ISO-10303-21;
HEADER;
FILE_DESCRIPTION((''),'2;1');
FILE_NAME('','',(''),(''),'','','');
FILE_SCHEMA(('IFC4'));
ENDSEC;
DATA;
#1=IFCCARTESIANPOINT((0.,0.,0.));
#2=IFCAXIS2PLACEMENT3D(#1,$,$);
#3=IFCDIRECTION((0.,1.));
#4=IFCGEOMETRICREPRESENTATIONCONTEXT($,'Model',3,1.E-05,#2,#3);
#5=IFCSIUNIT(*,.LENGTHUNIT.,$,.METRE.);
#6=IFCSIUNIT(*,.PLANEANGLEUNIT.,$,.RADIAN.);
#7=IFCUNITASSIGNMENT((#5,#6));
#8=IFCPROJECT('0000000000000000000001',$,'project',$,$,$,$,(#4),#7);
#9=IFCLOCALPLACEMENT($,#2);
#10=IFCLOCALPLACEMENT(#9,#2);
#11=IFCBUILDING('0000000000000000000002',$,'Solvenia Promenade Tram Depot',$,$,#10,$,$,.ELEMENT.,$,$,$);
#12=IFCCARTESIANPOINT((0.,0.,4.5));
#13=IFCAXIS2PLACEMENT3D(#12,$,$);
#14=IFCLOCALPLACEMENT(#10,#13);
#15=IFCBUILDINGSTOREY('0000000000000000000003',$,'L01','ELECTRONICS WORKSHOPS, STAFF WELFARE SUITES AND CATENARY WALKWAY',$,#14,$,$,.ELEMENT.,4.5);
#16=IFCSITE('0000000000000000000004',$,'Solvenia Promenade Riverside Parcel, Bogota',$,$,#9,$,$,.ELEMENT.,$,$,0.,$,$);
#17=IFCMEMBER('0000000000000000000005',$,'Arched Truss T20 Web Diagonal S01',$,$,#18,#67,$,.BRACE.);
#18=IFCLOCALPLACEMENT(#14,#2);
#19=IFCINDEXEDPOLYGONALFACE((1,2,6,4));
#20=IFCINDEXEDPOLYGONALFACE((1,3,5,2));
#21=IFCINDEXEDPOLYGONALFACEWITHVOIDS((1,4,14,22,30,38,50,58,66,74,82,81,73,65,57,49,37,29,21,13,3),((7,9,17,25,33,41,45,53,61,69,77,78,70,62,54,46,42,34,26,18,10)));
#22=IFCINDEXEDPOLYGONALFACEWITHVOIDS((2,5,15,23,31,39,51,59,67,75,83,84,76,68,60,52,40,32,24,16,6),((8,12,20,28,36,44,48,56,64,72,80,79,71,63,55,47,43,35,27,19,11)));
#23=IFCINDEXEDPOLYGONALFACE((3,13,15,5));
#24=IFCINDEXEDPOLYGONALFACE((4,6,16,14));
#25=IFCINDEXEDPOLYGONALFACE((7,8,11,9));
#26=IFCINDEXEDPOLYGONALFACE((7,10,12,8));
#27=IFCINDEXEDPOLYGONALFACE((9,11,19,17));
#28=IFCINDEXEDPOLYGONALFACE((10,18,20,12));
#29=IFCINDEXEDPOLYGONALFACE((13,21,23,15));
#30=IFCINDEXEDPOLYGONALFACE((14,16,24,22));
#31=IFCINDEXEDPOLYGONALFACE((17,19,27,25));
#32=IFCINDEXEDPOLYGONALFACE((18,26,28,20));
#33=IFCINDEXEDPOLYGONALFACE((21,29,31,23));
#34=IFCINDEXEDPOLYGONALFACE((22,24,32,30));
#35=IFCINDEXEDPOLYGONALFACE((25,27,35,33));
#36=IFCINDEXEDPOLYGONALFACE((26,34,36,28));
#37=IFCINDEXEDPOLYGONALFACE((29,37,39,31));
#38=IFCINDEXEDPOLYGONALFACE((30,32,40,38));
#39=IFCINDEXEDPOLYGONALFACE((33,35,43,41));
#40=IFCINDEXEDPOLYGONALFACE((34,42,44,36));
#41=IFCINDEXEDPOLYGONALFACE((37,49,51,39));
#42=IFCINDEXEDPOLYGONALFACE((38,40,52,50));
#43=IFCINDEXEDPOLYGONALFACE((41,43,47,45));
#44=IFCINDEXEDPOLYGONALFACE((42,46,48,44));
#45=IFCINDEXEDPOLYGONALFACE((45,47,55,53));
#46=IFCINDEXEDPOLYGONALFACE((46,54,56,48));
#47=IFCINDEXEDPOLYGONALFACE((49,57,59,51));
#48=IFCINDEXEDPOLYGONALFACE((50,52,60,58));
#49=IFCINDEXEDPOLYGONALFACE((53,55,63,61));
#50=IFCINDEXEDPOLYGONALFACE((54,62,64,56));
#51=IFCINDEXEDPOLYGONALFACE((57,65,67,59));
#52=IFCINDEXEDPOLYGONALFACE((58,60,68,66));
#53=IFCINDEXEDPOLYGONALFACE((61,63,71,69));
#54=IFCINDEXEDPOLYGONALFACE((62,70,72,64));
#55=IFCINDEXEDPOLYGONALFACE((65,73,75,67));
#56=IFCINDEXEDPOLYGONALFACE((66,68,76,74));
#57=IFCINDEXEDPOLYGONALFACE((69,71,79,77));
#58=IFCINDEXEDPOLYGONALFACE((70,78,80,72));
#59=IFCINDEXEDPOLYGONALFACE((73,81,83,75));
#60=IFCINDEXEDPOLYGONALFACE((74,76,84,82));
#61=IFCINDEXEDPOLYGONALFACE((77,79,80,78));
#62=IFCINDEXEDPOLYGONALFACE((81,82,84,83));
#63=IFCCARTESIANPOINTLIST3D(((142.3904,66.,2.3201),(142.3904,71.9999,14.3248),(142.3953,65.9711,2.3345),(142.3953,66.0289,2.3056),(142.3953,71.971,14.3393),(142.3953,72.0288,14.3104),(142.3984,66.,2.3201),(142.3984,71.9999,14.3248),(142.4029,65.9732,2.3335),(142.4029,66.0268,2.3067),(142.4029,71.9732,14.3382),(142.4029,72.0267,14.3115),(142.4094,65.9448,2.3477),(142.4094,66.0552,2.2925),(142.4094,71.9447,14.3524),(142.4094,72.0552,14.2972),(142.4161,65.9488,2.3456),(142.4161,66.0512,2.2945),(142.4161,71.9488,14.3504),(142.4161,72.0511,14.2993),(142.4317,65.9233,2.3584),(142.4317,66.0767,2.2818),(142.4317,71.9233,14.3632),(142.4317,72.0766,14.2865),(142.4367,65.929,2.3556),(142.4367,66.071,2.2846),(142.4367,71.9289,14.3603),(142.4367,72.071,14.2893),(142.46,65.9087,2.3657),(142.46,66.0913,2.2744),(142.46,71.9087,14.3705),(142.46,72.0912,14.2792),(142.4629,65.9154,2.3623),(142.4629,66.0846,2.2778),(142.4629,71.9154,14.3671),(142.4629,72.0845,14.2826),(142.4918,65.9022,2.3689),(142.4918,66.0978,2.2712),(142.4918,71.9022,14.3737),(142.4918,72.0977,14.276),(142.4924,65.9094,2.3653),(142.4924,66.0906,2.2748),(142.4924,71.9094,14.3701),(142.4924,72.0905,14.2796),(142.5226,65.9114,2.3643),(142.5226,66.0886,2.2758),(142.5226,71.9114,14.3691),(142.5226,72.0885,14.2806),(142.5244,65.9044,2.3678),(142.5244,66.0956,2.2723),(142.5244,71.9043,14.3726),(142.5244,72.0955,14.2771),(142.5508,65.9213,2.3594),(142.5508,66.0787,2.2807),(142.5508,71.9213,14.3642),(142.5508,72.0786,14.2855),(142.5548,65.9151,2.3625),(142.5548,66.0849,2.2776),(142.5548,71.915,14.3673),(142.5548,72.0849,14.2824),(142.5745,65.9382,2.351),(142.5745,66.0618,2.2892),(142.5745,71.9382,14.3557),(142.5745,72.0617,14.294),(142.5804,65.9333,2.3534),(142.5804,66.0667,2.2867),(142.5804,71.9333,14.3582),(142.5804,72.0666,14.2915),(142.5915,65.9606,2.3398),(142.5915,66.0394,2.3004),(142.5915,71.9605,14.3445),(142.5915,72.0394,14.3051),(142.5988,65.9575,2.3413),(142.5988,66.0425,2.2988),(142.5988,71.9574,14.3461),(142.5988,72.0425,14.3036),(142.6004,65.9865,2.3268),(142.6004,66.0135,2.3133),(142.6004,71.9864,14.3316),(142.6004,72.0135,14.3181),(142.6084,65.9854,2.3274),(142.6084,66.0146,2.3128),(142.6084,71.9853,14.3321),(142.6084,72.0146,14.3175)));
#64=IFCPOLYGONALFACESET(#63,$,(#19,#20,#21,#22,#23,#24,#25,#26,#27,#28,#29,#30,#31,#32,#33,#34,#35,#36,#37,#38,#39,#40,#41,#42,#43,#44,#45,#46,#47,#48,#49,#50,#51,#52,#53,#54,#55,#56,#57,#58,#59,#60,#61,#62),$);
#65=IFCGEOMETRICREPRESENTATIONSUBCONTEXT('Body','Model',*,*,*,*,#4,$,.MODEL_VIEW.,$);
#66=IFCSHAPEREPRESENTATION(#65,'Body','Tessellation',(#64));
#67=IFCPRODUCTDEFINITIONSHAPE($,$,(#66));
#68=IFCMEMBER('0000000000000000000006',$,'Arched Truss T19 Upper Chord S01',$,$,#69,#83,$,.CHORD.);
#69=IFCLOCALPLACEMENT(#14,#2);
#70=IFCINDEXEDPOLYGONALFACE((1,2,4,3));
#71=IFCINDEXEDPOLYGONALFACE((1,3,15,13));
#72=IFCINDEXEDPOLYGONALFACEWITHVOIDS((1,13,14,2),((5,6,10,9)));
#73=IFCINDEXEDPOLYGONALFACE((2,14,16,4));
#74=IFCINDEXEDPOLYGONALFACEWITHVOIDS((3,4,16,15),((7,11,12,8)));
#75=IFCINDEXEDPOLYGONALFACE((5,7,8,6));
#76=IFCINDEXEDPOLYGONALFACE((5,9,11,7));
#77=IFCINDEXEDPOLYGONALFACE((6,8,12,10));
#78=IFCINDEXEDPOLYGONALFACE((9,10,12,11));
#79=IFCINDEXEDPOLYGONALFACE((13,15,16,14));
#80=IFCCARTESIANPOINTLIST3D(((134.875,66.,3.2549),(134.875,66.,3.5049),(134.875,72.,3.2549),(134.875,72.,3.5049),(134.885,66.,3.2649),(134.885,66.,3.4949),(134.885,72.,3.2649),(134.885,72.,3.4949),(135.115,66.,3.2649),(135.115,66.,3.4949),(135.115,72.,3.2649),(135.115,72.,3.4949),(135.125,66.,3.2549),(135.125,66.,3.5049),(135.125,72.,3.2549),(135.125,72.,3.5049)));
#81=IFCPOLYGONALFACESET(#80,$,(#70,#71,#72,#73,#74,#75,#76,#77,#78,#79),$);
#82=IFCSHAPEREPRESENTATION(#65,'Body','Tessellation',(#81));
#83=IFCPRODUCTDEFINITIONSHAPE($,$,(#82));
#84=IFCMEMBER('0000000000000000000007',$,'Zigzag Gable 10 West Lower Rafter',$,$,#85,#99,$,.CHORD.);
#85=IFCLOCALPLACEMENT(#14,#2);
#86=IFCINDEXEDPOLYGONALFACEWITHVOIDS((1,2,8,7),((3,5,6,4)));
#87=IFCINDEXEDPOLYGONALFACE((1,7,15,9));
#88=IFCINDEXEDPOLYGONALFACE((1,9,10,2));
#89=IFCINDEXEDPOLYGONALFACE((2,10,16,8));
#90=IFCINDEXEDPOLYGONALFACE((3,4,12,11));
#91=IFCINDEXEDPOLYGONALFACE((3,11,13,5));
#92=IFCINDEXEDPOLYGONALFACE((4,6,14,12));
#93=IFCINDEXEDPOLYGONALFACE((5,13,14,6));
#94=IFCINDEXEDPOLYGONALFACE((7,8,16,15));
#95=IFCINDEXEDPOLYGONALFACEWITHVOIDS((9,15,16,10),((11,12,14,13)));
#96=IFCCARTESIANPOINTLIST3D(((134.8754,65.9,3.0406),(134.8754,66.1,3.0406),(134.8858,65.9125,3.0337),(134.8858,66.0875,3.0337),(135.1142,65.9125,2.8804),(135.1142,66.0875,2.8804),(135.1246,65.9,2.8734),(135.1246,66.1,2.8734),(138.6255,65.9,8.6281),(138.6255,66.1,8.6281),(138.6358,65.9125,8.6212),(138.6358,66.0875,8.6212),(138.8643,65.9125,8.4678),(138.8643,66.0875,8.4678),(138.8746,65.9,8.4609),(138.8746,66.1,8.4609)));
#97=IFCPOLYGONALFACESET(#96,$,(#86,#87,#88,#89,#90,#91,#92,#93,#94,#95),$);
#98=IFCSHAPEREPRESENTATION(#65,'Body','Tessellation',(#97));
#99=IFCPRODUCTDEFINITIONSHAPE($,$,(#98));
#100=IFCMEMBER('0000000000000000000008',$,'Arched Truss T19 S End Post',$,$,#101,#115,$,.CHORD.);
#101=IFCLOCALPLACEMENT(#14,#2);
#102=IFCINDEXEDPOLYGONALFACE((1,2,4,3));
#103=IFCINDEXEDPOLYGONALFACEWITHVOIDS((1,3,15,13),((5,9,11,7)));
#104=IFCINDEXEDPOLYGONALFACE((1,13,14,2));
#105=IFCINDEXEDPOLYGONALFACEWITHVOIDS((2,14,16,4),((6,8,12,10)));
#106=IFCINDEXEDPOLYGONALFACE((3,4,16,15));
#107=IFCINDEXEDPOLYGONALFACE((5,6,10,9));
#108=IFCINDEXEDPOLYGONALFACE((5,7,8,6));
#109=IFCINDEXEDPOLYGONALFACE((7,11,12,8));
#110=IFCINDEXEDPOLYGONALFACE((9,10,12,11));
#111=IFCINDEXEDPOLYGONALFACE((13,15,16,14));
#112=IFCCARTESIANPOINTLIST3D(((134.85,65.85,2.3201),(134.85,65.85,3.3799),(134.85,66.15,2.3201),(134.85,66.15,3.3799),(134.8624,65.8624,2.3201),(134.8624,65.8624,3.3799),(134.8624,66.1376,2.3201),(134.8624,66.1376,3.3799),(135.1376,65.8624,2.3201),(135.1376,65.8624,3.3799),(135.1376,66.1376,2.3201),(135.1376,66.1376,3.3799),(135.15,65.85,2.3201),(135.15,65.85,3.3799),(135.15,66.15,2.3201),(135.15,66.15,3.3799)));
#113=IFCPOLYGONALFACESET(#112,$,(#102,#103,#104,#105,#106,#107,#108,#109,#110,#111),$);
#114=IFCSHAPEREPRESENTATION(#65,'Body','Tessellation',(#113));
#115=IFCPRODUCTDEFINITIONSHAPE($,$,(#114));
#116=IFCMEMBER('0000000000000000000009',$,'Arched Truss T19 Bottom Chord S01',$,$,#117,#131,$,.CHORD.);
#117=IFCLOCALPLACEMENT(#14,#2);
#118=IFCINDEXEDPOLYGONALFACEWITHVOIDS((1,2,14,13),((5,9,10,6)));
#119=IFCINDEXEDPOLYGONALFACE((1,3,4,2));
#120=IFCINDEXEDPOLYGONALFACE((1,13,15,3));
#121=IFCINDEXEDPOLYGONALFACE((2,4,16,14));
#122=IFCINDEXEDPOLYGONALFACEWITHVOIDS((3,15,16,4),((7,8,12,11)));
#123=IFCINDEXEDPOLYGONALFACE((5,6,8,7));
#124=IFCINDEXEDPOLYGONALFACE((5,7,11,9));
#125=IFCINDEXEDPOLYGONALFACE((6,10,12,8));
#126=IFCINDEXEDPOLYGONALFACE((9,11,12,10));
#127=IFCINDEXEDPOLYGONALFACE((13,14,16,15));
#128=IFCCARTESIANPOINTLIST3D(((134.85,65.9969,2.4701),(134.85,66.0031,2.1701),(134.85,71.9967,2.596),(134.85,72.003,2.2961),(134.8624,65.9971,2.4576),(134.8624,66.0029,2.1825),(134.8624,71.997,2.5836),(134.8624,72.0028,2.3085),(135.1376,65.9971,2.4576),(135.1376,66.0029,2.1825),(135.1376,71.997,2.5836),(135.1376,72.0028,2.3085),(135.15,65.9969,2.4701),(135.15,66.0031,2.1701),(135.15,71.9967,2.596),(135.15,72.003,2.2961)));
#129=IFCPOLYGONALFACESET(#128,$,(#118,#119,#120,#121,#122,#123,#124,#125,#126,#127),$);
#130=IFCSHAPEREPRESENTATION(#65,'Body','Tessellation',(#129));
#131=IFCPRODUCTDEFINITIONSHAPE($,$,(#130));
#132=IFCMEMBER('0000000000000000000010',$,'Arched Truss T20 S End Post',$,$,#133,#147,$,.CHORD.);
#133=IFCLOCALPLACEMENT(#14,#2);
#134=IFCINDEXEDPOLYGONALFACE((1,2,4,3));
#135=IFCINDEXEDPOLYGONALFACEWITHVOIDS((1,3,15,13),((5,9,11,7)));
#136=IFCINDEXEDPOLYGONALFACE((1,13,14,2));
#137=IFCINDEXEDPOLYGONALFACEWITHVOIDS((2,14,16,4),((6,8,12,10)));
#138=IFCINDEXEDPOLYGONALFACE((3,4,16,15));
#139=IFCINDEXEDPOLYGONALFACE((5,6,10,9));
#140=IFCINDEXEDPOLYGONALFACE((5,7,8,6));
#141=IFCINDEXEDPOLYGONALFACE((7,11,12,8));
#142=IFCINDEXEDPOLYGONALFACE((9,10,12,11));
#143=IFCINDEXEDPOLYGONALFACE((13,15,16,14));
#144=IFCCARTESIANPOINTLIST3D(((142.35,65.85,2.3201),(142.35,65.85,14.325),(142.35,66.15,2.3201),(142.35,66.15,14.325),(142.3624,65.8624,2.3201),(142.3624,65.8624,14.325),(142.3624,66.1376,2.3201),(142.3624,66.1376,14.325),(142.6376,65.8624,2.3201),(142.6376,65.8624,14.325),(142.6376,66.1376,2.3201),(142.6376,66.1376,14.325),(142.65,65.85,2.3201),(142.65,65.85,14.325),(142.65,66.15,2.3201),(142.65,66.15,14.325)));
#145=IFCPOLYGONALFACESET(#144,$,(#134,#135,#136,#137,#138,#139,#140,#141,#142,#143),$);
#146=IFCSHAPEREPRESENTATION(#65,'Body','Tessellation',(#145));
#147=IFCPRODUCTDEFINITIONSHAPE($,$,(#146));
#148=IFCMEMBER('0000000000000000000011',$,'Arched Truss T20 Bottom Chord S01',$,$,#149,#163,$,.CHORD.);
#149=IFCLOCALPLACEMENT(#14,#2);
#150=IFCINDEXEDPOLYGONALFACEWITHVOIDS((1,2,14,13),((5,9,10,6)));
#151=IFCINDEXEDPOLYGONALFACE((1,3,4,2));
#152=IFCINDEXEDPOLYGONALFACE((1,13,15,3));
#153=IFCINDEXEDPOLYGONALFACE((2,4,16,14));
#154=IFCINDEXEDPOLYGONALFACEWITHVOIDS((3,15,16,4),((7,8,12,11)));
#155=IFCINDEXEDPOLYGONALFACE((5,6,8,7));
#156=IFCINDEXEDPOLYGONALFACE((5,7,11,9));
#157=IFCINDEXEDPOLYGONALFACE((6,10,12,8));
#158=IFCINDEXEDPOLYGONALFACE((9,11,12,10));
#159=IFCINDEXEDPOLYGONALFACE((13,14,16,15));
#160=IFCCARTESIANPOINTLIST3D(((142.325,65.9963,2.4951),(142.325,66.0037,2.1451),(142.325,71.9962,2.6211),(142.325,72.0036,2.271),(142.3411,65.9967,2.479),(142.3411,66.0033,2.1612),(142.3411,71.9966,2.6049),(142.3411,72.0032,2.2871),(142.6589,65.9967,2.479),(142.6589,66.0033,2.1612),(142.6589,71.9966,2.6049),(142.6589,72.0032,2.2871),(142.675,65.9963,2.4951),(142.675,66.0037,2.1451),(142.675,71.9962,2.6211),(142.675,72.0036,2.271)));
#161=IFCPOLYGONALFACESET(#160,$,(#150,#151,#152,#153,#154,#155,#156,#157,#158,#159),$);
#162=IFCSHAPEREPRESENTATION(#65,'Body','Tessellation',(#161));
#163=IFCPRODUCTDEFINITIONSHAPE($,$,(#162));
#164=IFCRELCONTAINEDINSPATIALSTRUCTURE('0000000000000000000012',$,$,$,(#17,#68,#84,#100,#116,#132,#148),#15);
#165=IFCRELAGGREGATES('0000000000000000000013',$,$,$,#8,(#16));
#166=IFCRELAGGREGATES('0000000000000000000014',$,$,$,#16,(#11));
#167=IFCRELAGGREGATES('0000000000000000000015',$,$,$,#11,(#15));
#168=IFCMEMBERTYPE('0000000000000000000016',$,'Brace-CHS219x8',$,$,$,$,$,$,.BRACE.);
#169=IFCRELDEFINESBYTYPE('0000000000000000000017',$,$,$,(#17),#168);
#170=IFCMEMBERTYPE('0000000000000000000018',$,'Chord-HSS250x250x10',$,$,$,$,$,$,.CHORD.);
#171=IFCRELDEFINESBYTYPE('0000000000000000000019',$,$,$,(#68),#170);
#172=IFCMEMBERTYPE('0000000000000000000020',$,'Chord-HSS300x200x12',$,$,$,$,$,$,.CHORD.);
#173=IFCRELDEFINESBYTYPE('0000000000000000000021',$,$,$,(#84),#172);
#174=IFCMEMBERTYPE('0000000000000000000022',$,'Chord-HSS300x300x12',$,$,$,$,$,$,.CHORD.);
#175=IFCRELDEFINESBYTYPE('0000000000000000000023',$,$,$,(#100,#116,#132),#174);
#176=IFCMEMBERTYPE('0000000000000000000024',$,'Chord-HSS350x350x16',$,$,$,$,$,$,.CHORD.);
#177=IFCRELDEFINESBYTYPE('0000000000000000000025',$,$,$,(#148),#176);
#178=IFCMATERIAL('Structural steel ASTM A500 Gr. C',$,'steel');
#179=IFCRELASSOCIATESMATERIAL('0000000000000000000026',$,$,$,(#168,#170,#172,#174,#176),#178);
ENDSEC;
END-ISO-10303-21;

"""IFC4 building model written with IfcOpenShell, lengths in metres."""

from ifc_helpers import new_model, si_unit, direction, frame, origin, origin_2d, place, context, subcontext, project, spatial, hollow_rectangle, hollow_circle, extrude, material, material_profile, profile_set, type_object, element, save


model = new_model("IFC4")

# Units and contexts
model_context = context("Model", 3, precision=1e-05, world=origin(), true_north=direction((0.0, 1.0)))
body_context = subcontext(model_context, "Body", "Model", "MODEL_VIEW")
ifc_project = project(units=[si_unit("LENGTHUNIT", "METRE"), si_unit("PLANEANGLEUNIT", "RADIAN")], contexts=[model_context])

# Site, building, storey
site_placement = place(None, origin())
site = spatial("IfcSite", under=ifc_project, at=site_placement, Name="Solvenia Promenade Riverside Parcel, Bogota", CompositionType="ELEMENT", RefElevation=0.0)
building_placement = place(site_placement, origin())
building = spatial("IfcBuilding", under=site, at=building_placement, Name="Solvenia Promenade Tram Depot", CompositionType="ELEMENT")
storey_placement = place(building_placement, frame((0.0, 0.0, 4.5)))
storey = spatial("IfcBuildingStorey", under=building, at=storey_placement, Name="L01", Description="ELECTRONICS WORKSHOPS, STAFF WELFARE SUITES AND CATENARY WALKWAY", CompositionType="ELEMENT", Elevation=4.5)

# Members
ifc_material_1 = material(Name="Structural steel ASTM A500 Gr. C", Category="steel")
ifc_material_profile_1 = material_profile(ifc_material_1, hollow_circle(Radius=0.1096, WallThickness=0.0081, at=origin_2d()), Name="CHS219.1x8", Category="steel")
ifc_profile_set_1 = profile_set([ifc_material_profile_1], Name="Structural steel ASTM A500 Gr. C")
member_type_1 = type_object("IfcMemberType", Name="Brace-CHS219x8", PredefinedType="BRACE", material=ifc_profile_set_1)
member_1_placement = place(storey_placement, frame((142.5, 66.0, 2.3201), z_axis=(0.0, 0.447068, 0.8945), x_axis=(-1.0, 0.0, 0.0)))
element("IfcMember", 1, at=member_1_placement, inside=storey, type_object=member_type_1, Name="Arched Truss T20 Web Diagonal S01", PredefinedType="BRACE", context=body_context, shape_type="SweptSolid", body=[
    extrude(hollow_circle(Radius=0.1096, WallThickness=0.0081, at=origin_2d()), origin(), (0.0, 0.0, 1.0), 13.4207),
])
ifc_material_profile_2 = material_profile(ifc_material_1, hollow_rectangle(XDim=0.25, YDim=0.25, WallThickness=0.01, at=origin_2d()), Name="HSS250x250x10", Category="steel")
ifc_profile_set_2 = profile_set([ifc_material_profile_2], Name="Structural steel ASTM A500 Gr. C")
member_type_2 = type_object("IfcMemberType", Name="Chord-HSS250x250x10", PredefinedType="CHORD", material=ifc_profile_set_2)
member_2_placement = place(storey_placement, frame((135.0, 66.0, 3.3799), z_axis=(0.0, 1.0, 0.0), x_axis=(-1.0, 0.0, 0.0)))
element("IfcMember", 2, at=member_2_placement, inside=storey, type_object=member_type_2, Name="Arched Truss T19 Upper Chord S01", PredefinedType="CHORD", context=body_context, shape_type="SweptSolid", body=[
    extrude(hollow_rectangle(XDim=0.25, YDim=0.25, WallThickness=0.01, at=origin_2d()), origin(), (0.0, 0.0, 1.0), 6.0),
])
ifc_material_profile_3 = material_profile(ifc_material_1, hollow_rectangle(XDim=0.2, YDim=0.3, WallThickness=0.0125, at=origin_2d()), Name="HSS300x200x12.5", Category="steel")
ifc_profile_set_3 = profile_set([ifc_material_profile_3], Name="Structural steel ASTM A500 Gr. C")
member_type_3 = type_object("IfcMemberType", Name="Chord-HSS300x200x12", PredefinedType="CHORD", material=ifc_profile_set_3)
member_3_placement = place(storey_placement, frame((135.0, 66.0, 2.957), z_axis=(0.557276, 0.0, 0.830327), x_axis=(0.0, 1.0, 0.0)))
element("IfcMember", 3, at=member_3_placement, inside=storey, type_object=member_type_3, Name="Zigzag Gable 10 West Lower Rafter", PredefinedType="CHORD", context=body_context, shape_type="SweptSolid", body=[
    extrude(hollow_rectangle(XDim=0.2, YDim=0.3, WallThickness=0.0125, at=origin_2d()), origin(), (0.0, 0.0, 1.0), 6.7292),
])
ifc_material_profile_4 = material_profile(ifc_material_1, hollow_rectangle(XDim=0.3, YDim=0.3, WallThickness=0.0125, at=origin_2d()), Name="HSS300x300x12.5", Category="steel")
ifc_profile_set_4 = profile_set([ifc_material_profile_4], Name="Structural steel ASTM A500 Gr. C")
member_type_4 = type_object("IfcMemberType", Name="Chord-HSS300x300x12", PredefinedType="CHORD", material=ifc_profile_set_4)
member_4_placement = place(storey_placement, frame((135.0, 66.0, 2.3201), z_axis=(0.0, 0.0, 1.0), x_axis=(1.0, 0.0, 0.0)))
element("IfcMember", 4, at=member_4_placement, inside=storey, type_object=member_type_4, Name="Arched Truss T19 S End Post", PredefinedType="CHORD", context=body_context, shape_type="SweptSolid", body=[
    extrude(hollow_rectangle(XDim=0.3, YDim=0.3, WallThickness=0.0125, at=origin_2d()), origin(), (0.0, 0.0, 1.0), 1.0598),
])
member_5_placement = place(storey_placement, frame((135.0, 66.0, 2.3201), z_axis=(0.0, 0.99978, 0.020991), x_axis=(-1.0, 0.0, 0.0)))
element("IfcMember", 5, at=member_5_placement, inside=storey, type_object=member_type_4, Name="Arched Truss T19 Bottom Chord S01", PredefinedType="CHORD", context=body_context, shape_type="SweptSolid", body=[
    extrude(hollow_rectangle(XDim=0.3, YDim=0.3, WallThickness=0.0125, at=origin_2d()), origin(), (0.0, 0.0, 1.0), 6.0012),
])
member_6_placement = place(storey_placement, frame((142.5, 66.0, 2.3201), z_axis=(0.0, 0.0, 1.0), x_axis=(1.0, 0.0, 0.0)))
element("IfcMember", 6, at=member_6_placement, inside=storey, type_object=member_type_4, Name="Arched Truss T20 S End Post", PredefinedType="CHORD", context=body_context, shape_type="SweptSolid", body=[
    extrude(hollow_rectangle(XDim=0.3, YDim=0.3, WallThickness=0.0125, at=origin_2d()), origin(), (0.0, 0.0, 1.0), 12.0049),
])
ifc_material_profile_5 = material_profile(ifc_material_1, hollow_rectangle(XDim=0.3501, YDim=0.3501, WallThickness=0.0161, at=origin_2d()), Name="HSS350x350x16", Category="steel")
ifc_profile_set_5 = profile_set([ifc_material_profile_5], Name="Structural steel ASTM A500 Gr. C")
member_type_5 = type_object("IfcMemberType", Name="Chord-HSS350x350x16", PredefinedType="CHORD", material=ifc_profile_set_5)
member_7_placement = place(storey_placement, frame((142.5, 66.0, 2.3201), z_axis=(0.0, 0.99978, 0.020991), x_axis=(-1.0, 0.0, 0.0)))
element("IfcMember", 7, at=member_7_placement, inside=storey, type_object=member_type_5, Name="Arched Truss T20 Bottom Chord S01", PredefinedType="CHORD", context=body_context, shape_type="SweptSolid", body=[
    extrude(hollow_rectangle(XDim=0.3501, YDim=0.3501, WallThickness=0.0161, at=origin_2d()), origin(), (0.0, 0.0, 1.0), 6.0012),
])

save(model, "model.ifc")
